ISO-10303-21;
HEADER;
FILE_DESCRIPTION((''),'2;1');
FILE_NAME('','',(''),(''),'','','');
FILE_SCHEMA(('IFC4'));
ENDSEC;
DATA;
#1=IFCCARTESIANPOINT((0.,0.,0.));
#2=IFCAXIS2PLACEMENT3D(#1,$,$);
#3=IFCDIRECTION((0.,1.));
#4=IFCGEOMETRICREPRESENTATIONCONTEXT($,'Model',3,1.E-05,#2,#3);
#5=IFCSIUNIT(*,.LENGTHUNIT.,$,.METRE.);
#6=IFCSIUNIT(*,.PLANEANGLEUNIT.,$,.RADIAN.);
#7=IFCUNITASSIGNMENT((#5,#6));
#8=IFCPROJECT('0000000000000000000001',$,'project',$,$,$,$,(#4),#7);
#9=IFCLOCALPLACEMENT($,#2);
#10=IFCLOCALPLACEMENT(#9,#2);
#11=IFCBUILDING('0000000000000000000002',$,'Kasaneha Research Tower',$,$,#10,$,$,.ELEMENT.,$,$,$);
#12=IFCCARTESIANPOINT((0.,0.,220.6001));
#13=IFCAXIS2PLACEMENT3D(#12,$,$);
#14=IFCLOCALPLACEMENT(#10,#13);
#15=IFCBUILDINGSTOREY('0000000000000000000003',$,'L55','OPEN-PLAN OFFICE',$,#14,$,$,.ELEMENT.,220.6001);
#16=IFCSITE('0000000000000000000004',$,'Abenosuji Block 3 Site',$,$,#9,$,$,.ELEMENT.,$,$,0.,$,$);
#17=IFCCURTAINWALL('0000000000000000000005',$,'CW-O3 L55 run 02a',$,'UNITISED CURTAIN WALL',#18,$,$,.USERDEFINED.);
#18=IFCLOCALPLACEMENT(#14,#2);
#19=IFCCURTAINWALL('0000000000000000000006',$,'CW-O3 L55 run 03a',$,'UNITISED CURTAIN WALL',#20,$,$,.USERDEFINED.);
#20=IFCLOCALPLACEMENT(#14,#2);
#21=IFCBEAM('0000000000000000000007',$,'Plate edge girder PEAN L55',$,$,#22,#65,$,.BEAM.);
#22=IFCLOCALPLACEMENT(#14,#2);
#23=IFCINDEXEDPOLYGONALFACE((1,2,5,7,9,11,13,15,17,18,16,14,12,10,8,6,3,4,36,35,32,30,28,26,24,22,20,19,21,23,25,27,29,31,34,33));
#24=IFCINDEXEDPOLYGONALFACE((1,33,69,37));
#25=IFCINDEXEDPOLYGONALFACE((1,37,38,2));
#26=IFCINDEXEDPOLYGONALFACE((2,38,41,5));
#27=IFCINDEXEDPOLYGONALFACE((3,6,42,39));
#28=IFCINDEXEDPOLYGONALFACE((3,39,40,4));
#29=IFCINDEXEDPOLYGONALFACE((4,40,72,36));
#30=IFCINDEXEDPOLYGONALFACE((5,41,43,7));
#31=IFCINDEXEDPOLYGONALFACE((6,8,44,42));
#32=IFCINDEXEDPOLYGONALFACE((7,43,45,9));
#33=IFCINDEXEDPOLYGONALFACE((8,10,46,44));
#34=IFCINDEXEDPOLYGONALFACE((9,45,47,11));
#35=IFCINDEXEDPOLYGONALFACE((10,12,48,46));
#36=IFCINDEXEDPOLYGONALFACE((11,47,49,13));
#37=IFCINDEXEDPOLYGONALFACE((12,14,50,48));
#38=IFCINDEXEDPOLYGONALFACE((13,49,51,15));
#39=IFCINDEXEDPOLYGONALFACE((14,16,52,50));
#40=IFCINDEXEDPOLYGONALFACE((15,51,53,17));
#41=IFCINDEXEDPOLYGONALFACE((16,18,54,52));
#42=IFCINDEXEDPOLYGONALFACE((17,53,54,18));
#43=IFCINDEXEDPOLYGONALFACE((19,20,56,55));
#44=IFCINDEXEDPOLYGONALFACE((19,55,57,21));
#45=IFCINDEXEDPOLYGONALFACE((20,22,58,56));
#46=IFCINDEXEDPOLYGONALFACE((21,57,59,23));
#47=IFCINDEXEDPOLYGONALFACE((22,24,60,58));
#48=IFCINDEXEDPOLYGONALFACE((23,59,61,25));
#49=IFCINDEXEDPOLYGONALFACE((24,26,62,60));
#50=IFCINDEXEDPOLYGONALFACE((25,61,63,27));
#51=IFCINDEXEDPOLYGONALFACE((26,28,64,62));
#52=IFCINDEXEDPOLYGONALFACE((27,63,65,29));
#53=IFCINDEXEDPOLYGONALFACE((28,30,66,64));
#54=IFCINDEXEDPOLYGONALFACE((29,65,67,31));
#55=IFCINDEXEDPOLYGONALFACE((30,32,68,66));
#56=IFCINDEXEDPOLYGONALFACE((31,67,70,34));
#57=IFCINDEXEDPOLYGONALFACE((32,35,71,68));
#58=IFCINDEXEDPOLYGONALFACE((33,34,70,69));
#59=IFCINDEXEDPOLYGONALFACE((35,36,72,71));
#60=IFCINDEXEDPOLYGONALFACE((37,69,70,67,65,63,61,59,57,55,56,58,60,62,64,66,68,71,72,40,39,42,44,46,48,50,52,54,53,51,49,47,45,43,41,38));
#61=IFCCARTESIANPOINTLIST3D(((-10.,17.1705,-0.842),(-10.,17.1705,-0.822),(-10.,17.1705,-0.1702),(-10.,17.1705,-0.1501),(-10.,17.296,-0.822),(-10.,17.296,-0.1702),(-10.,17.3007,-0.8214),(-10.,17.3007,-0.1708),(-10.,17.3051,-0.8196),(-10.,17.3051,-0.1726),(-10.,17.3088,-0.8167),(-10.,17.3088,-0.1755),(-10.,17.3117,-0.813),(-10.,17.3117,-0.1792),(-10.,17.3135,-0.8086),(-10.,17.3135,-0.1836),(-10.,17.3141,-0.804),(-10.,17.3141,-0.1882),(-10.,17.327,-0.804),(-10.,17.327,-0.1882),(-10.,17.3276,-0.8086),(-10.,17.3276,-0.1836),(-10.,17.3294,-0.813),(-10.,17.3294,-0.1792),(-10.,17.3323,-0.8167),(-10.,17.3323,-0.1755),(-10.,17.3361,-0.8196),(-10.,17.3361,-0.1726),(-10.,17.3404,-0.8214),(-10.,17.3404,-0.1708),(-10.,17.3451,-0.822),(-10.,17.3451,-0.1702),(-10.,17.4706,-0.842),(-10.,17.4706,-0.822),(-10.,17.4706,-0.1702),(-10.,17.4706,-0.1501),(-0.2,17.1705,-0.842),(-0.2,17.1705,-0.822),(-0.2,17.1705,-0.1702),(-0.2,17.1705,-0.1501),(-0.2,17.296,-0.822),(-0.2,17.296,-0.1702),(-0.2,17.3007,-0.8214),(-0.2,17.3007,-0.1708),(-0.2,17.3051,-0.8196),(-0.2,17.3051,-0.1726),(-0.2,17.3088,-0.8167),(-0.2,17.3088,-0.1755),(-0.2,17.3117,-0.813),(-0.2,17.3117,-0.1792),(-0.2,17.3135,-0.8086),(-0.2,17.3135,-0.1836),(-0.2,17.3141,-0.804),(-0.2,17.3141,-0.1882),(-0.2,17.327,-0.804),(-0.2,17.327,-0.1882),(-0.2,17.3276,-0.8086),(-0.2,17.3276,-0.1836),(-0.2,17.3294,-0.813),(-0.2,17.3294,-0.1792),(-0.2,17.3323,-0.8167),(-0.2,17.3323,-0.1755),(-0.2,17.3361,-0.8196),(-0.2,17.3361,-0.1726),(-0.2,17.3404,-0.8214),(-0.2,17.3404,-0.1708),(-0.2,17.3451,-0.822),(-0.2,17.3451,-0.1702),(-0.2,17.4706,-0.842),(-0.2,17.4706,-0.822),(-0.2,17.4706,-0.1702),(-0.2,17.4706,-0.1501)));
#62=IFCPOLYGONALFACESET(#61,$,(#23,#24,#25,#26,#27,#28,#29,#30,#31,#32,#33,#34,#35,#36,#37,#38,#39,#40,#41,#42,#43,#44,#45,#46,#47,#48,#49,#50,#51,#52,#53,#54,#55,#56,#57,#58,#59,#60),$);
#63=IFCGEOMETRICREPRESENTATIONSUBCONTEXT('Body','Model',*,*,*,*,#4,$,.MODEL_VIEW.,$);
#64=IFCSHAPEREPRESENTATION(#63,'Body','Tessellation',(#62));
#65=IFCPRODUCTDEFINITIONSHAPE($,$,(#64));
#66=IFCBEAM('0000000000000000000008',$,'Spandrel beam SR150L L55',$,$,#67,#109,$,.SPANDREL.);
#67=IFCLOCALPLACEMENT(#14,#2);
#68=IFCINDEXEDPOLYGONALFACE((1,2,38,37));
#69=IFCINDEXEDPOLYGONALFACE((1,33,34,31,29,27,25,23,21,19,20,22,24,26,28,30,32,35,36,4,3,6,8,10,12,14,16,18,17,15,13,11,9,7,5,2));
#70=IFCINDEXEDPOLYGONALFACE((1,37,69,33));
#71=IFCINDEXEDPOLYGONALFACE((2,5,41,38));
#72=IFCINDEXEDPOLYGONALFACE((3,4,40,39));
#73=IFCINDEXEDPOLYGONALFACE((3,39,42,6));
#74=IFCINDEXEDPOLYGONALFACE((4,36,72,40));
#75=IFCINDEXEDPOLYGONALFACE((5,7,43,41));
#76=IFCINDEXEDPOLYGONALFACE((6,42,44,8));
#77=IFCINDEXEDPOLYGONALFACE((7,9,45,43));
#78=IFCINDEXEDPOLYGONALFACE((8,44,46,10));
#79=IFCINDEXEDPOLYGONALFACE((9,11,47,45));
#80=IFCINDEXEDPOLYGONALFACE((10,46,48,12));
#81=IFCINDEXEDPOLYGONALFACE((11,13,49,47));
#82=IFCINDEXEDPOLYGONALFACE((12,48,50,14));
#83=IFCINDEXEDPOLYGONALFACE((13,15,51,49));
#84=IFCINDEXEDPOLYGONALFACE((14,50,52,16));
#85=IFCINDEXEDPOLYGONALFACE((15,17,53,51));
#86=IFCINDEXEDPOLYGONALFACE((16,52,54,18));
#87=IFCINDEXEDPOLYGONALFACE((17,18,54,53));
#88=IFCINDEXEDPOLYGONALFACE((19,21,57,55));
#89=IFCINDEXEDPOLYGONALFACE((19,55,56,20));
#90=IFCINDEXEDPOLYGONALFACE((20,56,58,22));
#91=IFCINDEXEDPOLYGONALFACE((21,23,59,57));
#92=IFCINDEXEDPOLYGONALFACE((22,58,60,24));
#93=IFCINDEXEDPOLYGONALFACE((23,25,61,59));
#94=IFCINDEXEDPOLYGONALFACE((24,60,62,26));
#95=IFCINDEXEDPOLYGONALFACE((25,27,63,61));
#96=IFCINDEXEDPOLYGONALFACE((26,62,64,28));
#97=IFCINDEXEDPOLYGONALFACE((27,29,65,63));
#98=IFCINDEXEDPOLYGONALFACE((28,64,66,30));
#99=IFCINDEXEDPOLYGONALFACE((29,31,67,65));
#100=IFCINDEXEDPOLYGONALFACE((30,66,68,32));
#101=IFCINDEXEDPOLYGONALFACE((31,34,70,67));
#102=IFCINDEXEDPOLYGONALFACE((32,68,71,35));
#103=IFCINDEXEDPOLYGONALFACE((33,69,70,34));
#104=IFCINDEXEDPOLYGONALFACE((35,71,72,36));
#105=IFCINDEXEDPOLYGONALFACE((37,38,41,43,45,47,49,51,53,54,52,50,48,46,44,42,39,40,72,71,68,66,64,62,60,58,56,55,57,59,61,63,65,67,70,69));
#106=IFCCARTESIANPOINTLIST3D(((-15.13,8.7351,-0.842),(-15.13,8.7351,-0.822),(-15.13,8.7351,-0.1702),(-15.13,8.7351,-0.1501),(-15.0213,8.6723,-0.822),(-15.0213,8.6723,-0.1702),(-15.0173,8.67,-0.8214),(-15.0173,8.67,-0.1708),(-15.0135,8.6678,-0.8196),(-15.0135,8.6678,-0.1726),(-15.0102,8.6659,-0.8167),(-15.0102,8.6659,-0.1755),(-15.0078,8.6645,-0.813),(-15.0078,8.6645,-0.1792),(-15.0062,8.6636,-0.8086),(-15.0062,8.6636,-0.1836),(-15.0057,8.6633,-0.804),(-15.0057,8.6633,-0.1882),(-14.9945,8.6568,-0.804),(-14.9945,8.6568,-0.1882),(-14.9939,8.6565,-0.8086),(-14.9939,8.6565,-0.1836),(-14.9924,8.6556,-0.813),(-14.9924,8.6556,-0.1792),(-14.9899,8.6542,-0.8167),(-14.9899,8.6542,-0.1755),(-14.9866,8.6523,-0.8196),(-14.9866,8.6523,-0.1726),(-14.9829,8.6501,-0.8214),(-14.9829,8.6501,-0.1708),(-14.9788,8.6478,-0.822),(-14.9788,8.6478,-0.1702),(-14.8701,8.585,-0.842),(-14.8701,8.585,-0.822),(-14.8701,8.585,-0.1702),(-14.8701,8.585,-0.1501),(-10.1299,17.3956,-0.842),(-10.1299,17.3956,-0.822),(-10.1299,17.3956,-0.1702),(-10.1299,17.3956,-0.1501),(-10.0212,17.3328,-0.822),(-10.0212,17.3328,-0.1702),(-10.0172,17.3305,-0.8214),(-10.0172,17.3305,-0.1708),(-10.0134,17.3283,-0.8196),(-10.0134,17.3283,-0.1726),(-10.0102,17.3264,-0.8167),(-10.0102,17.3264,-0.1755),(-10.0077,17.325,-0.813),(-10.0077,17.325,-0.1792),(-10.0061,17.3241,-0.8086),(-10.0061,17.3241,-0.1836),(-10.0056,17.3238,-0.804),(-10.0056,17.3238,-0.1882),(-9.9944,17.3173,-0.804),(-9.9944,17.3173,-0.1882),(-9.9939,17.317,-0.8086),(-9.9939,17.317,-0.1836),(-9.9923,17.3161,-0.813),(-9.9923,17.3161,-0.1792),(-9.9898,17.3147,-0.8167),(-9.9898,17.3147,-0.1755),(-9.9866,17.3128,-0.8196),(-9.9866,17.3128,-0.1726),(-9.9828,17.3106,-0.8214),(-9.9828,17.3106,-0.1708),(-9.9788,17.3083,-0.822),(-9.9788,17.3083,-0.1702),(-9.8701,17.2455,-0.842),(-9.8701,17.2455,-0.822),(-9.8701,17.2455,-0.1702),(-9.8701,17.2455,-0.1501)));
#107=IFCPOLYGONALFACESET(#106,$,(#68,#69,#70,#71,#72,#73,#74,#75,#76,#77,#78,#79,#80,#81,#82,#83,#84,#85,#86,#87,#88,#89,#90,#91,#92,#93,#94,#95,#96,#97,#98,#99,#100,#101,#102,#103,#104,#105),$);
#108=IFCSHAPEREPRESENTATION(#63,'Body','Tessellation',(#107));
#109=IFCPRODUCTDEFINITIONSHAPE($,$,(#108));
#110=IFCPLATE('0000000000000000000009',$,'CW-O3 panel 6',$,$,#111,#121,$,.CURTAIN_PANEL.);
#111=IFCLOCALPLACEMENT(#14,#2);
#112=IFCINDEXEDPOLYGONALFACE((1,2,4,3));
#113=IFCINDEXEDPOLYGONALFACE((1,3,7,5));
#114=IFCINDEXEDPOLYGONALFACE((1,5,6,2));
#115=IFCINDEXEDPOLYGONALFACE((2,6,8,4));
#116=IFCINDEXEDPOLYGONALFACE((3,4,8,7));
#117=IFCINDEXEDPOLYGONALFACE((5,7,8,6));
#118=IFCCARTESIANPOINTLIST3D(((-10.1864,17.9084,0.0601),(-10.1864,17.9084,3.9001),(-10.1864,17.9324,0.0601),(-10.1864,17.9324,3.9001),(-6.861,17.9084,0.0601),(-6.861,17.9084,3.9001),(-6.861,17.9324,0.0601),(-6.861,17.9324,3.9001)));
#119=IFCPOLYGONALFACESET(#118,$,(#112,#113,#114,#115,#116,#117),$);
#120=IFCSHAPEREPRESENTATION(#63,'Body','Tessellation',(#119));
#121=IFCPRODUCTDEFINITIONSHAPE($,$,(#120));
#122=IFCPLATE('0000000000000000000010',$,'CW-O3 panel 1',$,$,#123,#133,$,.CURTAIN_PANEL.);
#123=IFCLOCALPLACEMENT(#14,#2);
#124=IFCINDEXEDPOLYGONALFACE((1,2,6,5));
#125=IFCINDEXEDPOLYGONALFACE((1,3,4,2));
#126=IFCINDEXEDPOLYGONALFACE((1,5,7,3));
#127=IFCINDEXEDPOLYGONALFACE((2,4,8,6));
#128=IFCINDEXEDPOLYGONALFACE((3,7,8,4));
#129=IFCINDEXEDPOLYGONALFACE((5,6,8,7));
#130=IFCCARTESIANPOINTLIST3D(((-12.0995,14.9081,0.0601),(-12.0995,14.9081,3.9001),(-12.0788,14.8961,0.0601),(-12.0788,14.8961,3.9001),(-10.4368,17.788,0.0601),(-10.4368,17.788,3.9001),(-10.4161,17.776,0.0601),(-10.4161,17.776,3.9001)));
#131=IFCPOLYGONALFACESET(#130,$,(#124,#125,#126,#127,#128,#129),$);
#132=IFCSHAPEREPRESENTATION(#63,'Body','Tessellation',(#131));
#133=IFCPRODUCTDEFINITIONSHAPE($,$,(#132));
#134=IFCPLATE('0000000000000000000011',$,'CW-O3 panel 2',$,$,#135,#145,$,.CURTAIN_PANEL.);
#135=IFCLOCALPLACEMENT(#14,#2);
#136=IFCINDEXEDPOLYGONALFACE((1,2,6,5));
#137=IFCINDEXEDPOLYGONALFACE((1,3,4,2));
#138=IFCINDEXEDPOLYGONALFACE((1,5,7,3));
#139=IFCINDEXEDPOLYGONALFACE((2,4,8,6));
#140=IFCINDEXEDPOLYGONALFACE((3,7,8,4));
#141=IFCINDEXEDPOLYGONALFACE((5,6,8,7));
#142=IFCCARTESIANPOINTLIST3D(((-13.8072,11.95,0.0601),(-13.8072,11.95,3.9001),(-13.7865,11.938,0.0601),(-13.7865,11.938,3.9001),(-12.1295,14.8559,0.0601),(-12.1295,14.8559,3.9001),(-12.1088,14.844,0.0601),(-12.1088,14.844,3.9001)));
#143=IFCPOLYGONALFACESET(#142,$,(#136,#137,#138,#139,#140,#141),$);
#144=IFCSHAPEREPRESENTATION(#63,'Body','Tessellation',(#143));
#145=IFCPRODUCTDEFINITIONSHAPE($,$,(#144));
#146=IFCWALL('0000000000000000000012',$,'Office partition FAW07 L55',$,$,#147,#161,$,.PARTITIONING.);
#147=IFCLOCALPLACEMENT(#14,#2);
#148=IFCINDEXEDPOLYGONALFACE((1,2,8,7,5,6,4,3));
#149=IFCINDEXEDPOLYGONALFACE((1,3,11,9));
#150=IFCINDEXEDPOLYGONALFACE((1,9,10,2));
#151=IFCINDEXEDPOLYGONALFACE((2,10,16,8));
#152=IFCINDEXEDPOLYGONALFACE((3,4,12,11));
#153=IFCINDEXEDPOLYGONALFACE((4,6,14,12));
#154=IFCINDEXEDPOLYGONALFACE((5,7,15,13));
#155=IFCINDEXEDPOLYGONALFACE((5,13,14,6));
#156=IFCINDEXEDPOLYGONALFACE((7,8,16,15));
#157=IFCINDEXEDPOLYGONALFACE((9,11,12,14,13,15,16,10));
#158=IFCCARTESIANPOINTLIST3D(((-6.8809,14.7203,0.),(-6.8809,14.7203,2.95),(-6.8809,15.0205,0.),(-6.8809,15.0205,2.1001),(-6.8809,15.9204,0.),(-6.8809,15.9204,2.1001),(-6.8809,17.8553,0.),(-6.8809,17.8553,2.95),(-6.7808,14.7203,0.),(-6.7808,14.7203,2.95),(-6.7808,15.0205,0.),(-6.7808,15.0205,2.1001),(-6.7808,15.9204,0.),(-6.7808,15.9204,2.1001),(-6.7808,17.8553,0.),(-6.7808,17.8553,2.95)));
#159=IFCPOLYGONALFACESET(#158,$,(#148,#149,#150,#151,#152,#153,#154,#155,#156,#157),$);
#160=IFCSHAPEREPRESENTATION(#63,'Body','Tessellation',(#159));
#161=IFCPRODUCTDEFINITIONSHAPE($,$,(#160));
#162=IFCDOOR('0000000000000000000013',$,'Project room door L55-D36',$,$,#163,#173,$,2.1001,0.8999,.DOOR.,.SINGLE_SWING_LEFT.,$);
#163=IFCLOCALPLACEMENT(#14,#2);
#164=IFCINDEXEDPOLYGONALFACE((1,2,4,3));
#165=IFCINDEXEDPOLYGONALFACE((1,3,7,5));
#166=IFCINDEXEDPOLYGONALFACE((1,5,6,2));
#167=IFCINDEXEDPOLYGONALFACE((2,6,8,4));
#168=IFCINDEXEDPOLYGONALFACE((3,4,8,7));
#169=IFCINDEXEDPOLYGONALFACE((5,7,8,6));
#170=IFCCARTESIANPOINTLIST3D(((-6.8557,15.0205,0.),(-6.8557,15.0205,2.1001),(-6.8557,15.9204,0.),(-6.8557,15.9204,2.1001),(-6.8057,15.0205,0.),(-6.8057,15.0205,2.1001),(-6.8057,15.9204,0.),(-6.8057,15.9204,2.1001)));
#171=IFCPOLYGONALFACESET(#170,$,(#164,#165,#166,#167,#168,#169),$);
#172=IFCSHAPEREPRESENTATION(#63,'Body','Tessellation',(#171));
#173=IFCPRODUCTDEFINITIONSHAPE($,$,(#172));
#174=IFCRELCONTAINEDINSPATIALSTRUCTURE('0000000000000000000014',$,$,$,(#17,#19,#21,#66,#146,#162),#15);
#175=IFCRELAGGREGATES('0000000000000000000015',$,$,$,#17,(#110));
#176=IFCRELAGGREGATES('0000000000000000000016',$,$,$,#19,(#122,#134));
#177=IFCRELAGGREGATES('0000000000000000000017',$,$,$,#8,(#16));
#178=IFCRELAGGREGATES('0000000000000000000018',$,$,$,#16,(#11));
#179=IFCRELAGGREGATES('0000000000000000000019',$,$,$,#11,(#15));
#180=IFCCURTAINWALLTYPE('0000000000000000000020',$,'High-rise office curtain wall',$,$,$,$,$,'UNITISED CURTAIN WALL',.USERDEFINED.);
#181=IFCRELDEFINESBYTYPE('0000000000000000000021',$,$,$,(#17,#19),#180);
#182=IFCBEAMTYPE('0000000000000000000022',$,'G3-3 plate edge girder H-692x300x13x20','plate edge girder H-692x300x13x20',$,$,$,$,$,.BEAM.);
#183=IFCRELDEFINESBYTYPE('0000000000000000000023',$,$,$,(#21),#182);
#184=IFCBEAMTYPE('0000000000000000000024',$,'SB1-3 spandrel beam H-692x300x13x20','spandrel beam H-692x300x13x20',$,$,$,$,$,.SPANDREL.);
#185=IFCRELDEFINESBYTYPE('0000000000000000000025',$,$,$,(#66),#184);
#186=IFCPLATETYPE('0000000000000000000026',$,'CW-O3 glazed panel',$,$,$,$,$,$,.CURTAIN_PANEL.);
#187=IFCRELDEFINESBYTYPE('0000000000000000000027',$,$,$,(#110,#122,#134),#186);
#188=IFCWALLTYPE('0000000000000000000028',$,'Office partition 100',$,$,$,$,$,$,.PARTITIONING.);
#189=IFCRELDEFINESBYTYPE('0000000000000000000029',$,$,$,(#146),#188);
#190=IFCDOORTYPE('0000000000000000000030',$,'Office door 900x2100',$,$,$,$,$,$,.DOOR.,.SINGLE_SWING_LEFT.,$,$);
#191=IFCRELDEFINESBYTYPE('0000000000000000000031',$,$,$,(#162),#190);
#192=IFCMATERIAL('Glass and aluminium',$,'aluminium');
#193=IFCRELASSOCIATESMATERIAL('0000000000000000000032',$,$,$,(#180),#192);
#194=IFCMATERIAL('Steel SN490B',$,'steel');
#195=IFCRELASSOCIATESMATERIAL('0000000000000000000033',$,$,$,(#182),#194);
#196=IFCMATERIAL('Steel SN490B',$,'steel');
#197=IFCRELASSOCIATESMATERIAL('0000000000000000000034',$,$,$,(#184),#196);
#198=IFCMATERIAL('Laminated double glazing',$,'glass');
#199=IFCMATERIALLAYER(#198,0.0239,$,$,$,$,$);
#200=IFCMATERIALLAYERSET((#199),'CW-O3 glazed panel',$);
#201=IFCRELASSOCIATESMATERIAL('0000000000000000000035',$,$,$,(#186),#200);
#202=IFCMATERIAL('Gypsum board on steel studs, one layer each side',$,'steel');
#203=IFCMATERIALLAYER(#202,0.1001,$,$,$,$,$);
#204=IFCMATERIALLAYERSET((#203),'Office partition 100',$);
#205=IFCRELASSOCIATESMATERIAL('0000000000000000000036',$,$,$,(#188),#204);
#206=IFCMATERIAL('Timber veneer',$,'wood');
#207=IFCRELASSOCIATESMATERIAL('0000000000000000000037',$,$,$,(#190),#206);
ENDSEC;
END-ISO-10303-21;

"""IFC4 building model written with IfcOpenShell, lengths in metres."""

from ifc_helpers import new_model, si_unit, direction, frame, frame_2d, origin, origin_2d, place, context, subcontext, project, spatial, rectangle, i_section, extrude, material, layer, layer_set, material_profile, profile_set, type_object, element, fill, aggregate, save


model = new_model("IFC4")

# Units and contexts
model_context = context("Model", 3, precision=1e-05, world=origin(), true_north=direction((0.0, 1.0)))
body_context = subcontext(model_context, "Body", "Model", "MODEL_VIEW")
ifc_project = project(units=[si_unit("LENGTHUNIT", "METRE"), si_unit("PLANEANGLEUNIT", "RADIAN")], contexts=[model_context])

# Site, building, storey
site_placement = place(None, origin())
site = spatial("IfcSite", under=ifc_project, at=site_placement, Name="Abenosuji Block 3 Site", CompositionType="ELEMENT", RefElevation=0.0)
building_placement = place(site_placement, origin())
building = spatial("IfcBuilding", under=site, at=building_placement, Name="Kasaneha Research Tower", CompositionType="ELEMENT")
storey_placement = place(building_placement, frame((0.0, 0.0, 220.6001)))
storey = spatial("IfcBuildingStorey", under=building, at=storey_placement, Name="L55", Description="OPEN-PLAN OFFICE", CompositionType="ELEMENT", Elevation=220.6001)

# Curtain walls
ifc_material_1 = material(Name="Glass and aluminium", Category="aluminium")
curtain_wall_type = type_object("IfcCurtainWallType", Name="High-rise office curtain wall", ElementType="UNITISED CURTAIN WALL", PredefinedType="USERDEFINED", material=ifc_material_1)
curtain_wall_1_placement = place(storey_placement, origin())
curtain_wall_1 = element("IfcCurtainWall", 1, at=curtain_wall_1_placement, inside=storey, type_object=curtain_wall_type, Name="CW-O3 L55 run 02a", ObjectType="UNITISED CURTAIN WALL", PredefinedType="USERDEFINED")
curtain_wall_2_placement = place(storey_placement, origin())
curtain_wall_2 = element("IfcCurtainWall", 2, at=curtain_wall_2_placement, inside=storey, type_object=curtain_wall_type, Name="CW-O3 L55 run 03a", ObjectType="UNITISED CURTAIN WALL", PredefinedType="USERDEFINED")

# Beams
ifc_material_2 = material(Name="Steel SN490B", Category="steel")
ifc_material_profile_1 = material_profile(ifc_material_2, i_section(OverallWidth=0.3, OverallDepth=0.6919, WebThickness=0.0129, FlangeThickness=0.02, FilletRadius=0.0181, at=origin_2d()), Name="H-692x300x13x20")
ifc_profile_set_1 = profile_set([ifc_material_profile_1], Name="Steel SN490B")
beam_type_1 = type_object("IfcBeamType", Name="G3-3 plate edge girder H-692x300x13x20", Description="plate edge girder H-692x300x13x20", PredefinedType="BEAM", material=ifc_profile_set_1)
beam_1_placement = place(storey_placement, frame((-10.0, 17.3206, -0.4961), z_axis=(1.0, 0.0, 0.0), x_axis=(0.0, 1.0, 0.0)))
element("IfcBeam", 3, at=beam_1_placement, inside=storey, type_object=beam_type_1, Name="Plate edge girder PEAN L55", PredefinedType="BEAM", context=body_context, shape_type="SweptSolid", body=[
    extrude(i_section(OverallWidth=0.3, OverallDepth=0.6919, WebThickness=0.0129, FlangeThickness=0.02, FilletRadius=0.0181, at=origin_2d()), origin(), (0.0, 0.0, 1.0), 9.8),
])
ifc_material_3 = material(Name="Steel SN490B", Category="steel")
ifc_material_profile_2 = material_profile(ifc_material_3, i_section(OverallWidth=0.3, OverallDepth=0.6919, WebThickness=0.0129, FlangeThickness=0.02, FilletRadius=0.0181, at=origin_2d()), Name="H-692x300x13x20")
ifc_profile_set_2 = profile_set([ifc_material_profile_2], Name="Steel SN490B")
beam_type_2 = type_object("IfcBeamType", Name="SB1-3 spandrel beam H-692x300x13x20", Description="spandrel beam H-692x300x13x20", PredefinedType="SPANDREL", material=ifc_profile_set_2)
beam_2_placement = place(storey_placement, frame((-10.0, 17.3206, -0.4961), z_axis=(-0.499994, -0.866029, 0.0), x_axis=(0.866029, -0.499994, 0.0)))
element("IfcBeam", 4, at=beam_2_placement, inside=storey, type_object=beam_type_2, Name="Spandrel beam SR150L L55", PredefinedType="SPANDREL", context=body_context, shape_type="SweptSolid", body=[
    extrude(i_section(OverallWidth=0.3, OverallDepth=0.6919, WebThickness=0.0129, FlangeThickness=0.02, FilletRadius=0.0181, at=origin_2d()), origin(), (0.0, 0.0, 1.0), 10.0002),
])

# Plates
ifc_material_4 = material(Name="Laminated double glazing", Category="glass")
ifc_layer_1 = layer(ifc_material_4, 0.0239)
ifc_layer_set_1 = layer_set([ifc_layer_1], Name="CW-O3 glazed panel")
plate_type = type_object("IfcPlateType", Name="CW-O3 glazed panel", PredefinedType="CURTAIN_PANEL", material=ifc_layer_set_1)
plate_1_placement = place(storey_placement, frame((-8.5237, 17.9204, 0.0601), z_axis=(0.0, 0.0, 1.0), x_axis=(-1.0, 0.0, 0.0)))
plate_1 = element("IfcPlate", 5, at=plate_1_placement, type_object=plate_type, Name="CW-O3 panel 6", PredefinedType="CURTAIN_PANEL", context=body_context, shape_type="SweptSolid", body=[
    extrude(rectangle(XDim=3.3254, YDim=0.0239, at=origin_2d()), origin(), (0.0, 0.0, 1.0), 3.8401),
])
aggregate(curtain_wall_1, [plate_1])
plate_2_placement = place(storey_placement, frame((-11.2578, 16.342, 0.0601), z_axis=(0.0, 0.0, 1.0), x_axis=(-0.5, -0.866025, 0.0)))
plate_2 = element("IfcPlate", 6, at=plate_2_placement, type_object=plate_type, Name="CW-O3 panel 1", PredefinedType="CURTAIN_PANEL", context=body_context, shape_type="SweptSolid", body=[
    extrude(rectangle(XDim=3.3254, YDim=0.0239, at=origin_2d()), origin(), (0.0, 0.0, 1.0), 3.8401),
])
plate_3_placement = place(storey_placement, frame((-12.958, 13.397, 0.0601), z_axis=(0.0, 0.0, 1.0), x_axis=(-0.5, -0.866025, 0.0)))
plate_3 = element("IfcPlate", 7, at=plate_3_placement, type_object=plate_type, Name="CW-O3 panel 2", PredefinedType="CURTAIN_PANEL", context=body_context, shape_type="SweptSolid", body=[
    extrude(rectangle(XDim=3.3555, YDim=0.0239, at=origin_2d()), origin(), (0.0, 0.0, 1.0), 3.8401),
])
aggregate(curtain_wall_2, [plate_2, plate_3])

# Wall, opening, door
ifc_material_5 = material(Name="Gypsum board on steel studs, one layer each side", Category="steel")
ifc_layer_2 = layer(ifc_material_5, 0.1001)
ifc_layer_set_2 = layer_set([ifc_layer_2], Name="Office partition 100")
wall_type_1 = type_object("IfcWallType", Name="Office partition 100", PredefinedType="PARTITIONING", material=ifc_layer_set_2)
wall_1_placement = place(storey_placement, frame((-6.8308, 14.7205, 0.0), z_axis=(0.0, 0.0, 1.0), x_axis=(0.0, 1.0, 0.0)))
wall_1 = element("IfcWall", 8, at=wall_1_placement, inside=storey, type_object=wall_type_1, Name="Office partition FAW07 L55", PredefinedType="PARTITIONING", context=body_context, shape_type="SweptSolid", body=[
    extrude(rectangle(XDim=3.135, YDim=0.1001, at=frame_2d((1.5674, 0.0))), origin(), (0.0, 0.0, 1.0), 2.95),
])
opening_1_placement = place(wall_1_placement, frame((0.3, 0.0, 0.0)))
opening_1 = element("IfcOpeningElement", 9, at=opening_1_placement, cuts=wall_1, PredefinedType="OPENING", context=body_context, shape_type="SweptSolid", body=[
    extrude(rectangle(XDim=0.8999, YDim=2.1001, at=frame_2d((0.45, 1.05))), frame((0.0, 0.0601, 0.0), z_axis=(0.0, -1.0, 0.0), x_axis=(1.0, 0.0, 0.0)), (0.0, 0.0, 1.0), 0.1201),
])
ifc_material_6 = material(Name="Timber veneer", Category="wood")
door_type_1 = type_object("IfcDoorType", Name="Office door 900x2100", OperationType="SINGLE_SWING_LEFT", PredefinedType="DOOR", material=ifc_material_6)
door_1_placement = place(opening_1_placement, origin())
door_1 = element("IfcDoor", 10, at=door_1_placement, inside=storey, type_object=door_type_1, Name="Project room door L55-D36", OperationType="SINGLE_SWING_LEFT", OverallHeight=2.1001, OverallWidth=0.8999, PredefinedType="DOOR", context=body_context, shape_type="SweptSolid", body=[
    extrude(rectangle(XDim=0.8999, YDim=2.1001, at=frame_2d((0.45, 1.05))), frame((0.0, 0.0249, 0.0), z_axis=(0.0, -1.0, 0.0), x_axis=(1.0, 0.0, 0.0)), (0.0, 0.0, 1.0), 0.05),
])
fill(opening_1, door_1)

save(model, "model.ifc")
